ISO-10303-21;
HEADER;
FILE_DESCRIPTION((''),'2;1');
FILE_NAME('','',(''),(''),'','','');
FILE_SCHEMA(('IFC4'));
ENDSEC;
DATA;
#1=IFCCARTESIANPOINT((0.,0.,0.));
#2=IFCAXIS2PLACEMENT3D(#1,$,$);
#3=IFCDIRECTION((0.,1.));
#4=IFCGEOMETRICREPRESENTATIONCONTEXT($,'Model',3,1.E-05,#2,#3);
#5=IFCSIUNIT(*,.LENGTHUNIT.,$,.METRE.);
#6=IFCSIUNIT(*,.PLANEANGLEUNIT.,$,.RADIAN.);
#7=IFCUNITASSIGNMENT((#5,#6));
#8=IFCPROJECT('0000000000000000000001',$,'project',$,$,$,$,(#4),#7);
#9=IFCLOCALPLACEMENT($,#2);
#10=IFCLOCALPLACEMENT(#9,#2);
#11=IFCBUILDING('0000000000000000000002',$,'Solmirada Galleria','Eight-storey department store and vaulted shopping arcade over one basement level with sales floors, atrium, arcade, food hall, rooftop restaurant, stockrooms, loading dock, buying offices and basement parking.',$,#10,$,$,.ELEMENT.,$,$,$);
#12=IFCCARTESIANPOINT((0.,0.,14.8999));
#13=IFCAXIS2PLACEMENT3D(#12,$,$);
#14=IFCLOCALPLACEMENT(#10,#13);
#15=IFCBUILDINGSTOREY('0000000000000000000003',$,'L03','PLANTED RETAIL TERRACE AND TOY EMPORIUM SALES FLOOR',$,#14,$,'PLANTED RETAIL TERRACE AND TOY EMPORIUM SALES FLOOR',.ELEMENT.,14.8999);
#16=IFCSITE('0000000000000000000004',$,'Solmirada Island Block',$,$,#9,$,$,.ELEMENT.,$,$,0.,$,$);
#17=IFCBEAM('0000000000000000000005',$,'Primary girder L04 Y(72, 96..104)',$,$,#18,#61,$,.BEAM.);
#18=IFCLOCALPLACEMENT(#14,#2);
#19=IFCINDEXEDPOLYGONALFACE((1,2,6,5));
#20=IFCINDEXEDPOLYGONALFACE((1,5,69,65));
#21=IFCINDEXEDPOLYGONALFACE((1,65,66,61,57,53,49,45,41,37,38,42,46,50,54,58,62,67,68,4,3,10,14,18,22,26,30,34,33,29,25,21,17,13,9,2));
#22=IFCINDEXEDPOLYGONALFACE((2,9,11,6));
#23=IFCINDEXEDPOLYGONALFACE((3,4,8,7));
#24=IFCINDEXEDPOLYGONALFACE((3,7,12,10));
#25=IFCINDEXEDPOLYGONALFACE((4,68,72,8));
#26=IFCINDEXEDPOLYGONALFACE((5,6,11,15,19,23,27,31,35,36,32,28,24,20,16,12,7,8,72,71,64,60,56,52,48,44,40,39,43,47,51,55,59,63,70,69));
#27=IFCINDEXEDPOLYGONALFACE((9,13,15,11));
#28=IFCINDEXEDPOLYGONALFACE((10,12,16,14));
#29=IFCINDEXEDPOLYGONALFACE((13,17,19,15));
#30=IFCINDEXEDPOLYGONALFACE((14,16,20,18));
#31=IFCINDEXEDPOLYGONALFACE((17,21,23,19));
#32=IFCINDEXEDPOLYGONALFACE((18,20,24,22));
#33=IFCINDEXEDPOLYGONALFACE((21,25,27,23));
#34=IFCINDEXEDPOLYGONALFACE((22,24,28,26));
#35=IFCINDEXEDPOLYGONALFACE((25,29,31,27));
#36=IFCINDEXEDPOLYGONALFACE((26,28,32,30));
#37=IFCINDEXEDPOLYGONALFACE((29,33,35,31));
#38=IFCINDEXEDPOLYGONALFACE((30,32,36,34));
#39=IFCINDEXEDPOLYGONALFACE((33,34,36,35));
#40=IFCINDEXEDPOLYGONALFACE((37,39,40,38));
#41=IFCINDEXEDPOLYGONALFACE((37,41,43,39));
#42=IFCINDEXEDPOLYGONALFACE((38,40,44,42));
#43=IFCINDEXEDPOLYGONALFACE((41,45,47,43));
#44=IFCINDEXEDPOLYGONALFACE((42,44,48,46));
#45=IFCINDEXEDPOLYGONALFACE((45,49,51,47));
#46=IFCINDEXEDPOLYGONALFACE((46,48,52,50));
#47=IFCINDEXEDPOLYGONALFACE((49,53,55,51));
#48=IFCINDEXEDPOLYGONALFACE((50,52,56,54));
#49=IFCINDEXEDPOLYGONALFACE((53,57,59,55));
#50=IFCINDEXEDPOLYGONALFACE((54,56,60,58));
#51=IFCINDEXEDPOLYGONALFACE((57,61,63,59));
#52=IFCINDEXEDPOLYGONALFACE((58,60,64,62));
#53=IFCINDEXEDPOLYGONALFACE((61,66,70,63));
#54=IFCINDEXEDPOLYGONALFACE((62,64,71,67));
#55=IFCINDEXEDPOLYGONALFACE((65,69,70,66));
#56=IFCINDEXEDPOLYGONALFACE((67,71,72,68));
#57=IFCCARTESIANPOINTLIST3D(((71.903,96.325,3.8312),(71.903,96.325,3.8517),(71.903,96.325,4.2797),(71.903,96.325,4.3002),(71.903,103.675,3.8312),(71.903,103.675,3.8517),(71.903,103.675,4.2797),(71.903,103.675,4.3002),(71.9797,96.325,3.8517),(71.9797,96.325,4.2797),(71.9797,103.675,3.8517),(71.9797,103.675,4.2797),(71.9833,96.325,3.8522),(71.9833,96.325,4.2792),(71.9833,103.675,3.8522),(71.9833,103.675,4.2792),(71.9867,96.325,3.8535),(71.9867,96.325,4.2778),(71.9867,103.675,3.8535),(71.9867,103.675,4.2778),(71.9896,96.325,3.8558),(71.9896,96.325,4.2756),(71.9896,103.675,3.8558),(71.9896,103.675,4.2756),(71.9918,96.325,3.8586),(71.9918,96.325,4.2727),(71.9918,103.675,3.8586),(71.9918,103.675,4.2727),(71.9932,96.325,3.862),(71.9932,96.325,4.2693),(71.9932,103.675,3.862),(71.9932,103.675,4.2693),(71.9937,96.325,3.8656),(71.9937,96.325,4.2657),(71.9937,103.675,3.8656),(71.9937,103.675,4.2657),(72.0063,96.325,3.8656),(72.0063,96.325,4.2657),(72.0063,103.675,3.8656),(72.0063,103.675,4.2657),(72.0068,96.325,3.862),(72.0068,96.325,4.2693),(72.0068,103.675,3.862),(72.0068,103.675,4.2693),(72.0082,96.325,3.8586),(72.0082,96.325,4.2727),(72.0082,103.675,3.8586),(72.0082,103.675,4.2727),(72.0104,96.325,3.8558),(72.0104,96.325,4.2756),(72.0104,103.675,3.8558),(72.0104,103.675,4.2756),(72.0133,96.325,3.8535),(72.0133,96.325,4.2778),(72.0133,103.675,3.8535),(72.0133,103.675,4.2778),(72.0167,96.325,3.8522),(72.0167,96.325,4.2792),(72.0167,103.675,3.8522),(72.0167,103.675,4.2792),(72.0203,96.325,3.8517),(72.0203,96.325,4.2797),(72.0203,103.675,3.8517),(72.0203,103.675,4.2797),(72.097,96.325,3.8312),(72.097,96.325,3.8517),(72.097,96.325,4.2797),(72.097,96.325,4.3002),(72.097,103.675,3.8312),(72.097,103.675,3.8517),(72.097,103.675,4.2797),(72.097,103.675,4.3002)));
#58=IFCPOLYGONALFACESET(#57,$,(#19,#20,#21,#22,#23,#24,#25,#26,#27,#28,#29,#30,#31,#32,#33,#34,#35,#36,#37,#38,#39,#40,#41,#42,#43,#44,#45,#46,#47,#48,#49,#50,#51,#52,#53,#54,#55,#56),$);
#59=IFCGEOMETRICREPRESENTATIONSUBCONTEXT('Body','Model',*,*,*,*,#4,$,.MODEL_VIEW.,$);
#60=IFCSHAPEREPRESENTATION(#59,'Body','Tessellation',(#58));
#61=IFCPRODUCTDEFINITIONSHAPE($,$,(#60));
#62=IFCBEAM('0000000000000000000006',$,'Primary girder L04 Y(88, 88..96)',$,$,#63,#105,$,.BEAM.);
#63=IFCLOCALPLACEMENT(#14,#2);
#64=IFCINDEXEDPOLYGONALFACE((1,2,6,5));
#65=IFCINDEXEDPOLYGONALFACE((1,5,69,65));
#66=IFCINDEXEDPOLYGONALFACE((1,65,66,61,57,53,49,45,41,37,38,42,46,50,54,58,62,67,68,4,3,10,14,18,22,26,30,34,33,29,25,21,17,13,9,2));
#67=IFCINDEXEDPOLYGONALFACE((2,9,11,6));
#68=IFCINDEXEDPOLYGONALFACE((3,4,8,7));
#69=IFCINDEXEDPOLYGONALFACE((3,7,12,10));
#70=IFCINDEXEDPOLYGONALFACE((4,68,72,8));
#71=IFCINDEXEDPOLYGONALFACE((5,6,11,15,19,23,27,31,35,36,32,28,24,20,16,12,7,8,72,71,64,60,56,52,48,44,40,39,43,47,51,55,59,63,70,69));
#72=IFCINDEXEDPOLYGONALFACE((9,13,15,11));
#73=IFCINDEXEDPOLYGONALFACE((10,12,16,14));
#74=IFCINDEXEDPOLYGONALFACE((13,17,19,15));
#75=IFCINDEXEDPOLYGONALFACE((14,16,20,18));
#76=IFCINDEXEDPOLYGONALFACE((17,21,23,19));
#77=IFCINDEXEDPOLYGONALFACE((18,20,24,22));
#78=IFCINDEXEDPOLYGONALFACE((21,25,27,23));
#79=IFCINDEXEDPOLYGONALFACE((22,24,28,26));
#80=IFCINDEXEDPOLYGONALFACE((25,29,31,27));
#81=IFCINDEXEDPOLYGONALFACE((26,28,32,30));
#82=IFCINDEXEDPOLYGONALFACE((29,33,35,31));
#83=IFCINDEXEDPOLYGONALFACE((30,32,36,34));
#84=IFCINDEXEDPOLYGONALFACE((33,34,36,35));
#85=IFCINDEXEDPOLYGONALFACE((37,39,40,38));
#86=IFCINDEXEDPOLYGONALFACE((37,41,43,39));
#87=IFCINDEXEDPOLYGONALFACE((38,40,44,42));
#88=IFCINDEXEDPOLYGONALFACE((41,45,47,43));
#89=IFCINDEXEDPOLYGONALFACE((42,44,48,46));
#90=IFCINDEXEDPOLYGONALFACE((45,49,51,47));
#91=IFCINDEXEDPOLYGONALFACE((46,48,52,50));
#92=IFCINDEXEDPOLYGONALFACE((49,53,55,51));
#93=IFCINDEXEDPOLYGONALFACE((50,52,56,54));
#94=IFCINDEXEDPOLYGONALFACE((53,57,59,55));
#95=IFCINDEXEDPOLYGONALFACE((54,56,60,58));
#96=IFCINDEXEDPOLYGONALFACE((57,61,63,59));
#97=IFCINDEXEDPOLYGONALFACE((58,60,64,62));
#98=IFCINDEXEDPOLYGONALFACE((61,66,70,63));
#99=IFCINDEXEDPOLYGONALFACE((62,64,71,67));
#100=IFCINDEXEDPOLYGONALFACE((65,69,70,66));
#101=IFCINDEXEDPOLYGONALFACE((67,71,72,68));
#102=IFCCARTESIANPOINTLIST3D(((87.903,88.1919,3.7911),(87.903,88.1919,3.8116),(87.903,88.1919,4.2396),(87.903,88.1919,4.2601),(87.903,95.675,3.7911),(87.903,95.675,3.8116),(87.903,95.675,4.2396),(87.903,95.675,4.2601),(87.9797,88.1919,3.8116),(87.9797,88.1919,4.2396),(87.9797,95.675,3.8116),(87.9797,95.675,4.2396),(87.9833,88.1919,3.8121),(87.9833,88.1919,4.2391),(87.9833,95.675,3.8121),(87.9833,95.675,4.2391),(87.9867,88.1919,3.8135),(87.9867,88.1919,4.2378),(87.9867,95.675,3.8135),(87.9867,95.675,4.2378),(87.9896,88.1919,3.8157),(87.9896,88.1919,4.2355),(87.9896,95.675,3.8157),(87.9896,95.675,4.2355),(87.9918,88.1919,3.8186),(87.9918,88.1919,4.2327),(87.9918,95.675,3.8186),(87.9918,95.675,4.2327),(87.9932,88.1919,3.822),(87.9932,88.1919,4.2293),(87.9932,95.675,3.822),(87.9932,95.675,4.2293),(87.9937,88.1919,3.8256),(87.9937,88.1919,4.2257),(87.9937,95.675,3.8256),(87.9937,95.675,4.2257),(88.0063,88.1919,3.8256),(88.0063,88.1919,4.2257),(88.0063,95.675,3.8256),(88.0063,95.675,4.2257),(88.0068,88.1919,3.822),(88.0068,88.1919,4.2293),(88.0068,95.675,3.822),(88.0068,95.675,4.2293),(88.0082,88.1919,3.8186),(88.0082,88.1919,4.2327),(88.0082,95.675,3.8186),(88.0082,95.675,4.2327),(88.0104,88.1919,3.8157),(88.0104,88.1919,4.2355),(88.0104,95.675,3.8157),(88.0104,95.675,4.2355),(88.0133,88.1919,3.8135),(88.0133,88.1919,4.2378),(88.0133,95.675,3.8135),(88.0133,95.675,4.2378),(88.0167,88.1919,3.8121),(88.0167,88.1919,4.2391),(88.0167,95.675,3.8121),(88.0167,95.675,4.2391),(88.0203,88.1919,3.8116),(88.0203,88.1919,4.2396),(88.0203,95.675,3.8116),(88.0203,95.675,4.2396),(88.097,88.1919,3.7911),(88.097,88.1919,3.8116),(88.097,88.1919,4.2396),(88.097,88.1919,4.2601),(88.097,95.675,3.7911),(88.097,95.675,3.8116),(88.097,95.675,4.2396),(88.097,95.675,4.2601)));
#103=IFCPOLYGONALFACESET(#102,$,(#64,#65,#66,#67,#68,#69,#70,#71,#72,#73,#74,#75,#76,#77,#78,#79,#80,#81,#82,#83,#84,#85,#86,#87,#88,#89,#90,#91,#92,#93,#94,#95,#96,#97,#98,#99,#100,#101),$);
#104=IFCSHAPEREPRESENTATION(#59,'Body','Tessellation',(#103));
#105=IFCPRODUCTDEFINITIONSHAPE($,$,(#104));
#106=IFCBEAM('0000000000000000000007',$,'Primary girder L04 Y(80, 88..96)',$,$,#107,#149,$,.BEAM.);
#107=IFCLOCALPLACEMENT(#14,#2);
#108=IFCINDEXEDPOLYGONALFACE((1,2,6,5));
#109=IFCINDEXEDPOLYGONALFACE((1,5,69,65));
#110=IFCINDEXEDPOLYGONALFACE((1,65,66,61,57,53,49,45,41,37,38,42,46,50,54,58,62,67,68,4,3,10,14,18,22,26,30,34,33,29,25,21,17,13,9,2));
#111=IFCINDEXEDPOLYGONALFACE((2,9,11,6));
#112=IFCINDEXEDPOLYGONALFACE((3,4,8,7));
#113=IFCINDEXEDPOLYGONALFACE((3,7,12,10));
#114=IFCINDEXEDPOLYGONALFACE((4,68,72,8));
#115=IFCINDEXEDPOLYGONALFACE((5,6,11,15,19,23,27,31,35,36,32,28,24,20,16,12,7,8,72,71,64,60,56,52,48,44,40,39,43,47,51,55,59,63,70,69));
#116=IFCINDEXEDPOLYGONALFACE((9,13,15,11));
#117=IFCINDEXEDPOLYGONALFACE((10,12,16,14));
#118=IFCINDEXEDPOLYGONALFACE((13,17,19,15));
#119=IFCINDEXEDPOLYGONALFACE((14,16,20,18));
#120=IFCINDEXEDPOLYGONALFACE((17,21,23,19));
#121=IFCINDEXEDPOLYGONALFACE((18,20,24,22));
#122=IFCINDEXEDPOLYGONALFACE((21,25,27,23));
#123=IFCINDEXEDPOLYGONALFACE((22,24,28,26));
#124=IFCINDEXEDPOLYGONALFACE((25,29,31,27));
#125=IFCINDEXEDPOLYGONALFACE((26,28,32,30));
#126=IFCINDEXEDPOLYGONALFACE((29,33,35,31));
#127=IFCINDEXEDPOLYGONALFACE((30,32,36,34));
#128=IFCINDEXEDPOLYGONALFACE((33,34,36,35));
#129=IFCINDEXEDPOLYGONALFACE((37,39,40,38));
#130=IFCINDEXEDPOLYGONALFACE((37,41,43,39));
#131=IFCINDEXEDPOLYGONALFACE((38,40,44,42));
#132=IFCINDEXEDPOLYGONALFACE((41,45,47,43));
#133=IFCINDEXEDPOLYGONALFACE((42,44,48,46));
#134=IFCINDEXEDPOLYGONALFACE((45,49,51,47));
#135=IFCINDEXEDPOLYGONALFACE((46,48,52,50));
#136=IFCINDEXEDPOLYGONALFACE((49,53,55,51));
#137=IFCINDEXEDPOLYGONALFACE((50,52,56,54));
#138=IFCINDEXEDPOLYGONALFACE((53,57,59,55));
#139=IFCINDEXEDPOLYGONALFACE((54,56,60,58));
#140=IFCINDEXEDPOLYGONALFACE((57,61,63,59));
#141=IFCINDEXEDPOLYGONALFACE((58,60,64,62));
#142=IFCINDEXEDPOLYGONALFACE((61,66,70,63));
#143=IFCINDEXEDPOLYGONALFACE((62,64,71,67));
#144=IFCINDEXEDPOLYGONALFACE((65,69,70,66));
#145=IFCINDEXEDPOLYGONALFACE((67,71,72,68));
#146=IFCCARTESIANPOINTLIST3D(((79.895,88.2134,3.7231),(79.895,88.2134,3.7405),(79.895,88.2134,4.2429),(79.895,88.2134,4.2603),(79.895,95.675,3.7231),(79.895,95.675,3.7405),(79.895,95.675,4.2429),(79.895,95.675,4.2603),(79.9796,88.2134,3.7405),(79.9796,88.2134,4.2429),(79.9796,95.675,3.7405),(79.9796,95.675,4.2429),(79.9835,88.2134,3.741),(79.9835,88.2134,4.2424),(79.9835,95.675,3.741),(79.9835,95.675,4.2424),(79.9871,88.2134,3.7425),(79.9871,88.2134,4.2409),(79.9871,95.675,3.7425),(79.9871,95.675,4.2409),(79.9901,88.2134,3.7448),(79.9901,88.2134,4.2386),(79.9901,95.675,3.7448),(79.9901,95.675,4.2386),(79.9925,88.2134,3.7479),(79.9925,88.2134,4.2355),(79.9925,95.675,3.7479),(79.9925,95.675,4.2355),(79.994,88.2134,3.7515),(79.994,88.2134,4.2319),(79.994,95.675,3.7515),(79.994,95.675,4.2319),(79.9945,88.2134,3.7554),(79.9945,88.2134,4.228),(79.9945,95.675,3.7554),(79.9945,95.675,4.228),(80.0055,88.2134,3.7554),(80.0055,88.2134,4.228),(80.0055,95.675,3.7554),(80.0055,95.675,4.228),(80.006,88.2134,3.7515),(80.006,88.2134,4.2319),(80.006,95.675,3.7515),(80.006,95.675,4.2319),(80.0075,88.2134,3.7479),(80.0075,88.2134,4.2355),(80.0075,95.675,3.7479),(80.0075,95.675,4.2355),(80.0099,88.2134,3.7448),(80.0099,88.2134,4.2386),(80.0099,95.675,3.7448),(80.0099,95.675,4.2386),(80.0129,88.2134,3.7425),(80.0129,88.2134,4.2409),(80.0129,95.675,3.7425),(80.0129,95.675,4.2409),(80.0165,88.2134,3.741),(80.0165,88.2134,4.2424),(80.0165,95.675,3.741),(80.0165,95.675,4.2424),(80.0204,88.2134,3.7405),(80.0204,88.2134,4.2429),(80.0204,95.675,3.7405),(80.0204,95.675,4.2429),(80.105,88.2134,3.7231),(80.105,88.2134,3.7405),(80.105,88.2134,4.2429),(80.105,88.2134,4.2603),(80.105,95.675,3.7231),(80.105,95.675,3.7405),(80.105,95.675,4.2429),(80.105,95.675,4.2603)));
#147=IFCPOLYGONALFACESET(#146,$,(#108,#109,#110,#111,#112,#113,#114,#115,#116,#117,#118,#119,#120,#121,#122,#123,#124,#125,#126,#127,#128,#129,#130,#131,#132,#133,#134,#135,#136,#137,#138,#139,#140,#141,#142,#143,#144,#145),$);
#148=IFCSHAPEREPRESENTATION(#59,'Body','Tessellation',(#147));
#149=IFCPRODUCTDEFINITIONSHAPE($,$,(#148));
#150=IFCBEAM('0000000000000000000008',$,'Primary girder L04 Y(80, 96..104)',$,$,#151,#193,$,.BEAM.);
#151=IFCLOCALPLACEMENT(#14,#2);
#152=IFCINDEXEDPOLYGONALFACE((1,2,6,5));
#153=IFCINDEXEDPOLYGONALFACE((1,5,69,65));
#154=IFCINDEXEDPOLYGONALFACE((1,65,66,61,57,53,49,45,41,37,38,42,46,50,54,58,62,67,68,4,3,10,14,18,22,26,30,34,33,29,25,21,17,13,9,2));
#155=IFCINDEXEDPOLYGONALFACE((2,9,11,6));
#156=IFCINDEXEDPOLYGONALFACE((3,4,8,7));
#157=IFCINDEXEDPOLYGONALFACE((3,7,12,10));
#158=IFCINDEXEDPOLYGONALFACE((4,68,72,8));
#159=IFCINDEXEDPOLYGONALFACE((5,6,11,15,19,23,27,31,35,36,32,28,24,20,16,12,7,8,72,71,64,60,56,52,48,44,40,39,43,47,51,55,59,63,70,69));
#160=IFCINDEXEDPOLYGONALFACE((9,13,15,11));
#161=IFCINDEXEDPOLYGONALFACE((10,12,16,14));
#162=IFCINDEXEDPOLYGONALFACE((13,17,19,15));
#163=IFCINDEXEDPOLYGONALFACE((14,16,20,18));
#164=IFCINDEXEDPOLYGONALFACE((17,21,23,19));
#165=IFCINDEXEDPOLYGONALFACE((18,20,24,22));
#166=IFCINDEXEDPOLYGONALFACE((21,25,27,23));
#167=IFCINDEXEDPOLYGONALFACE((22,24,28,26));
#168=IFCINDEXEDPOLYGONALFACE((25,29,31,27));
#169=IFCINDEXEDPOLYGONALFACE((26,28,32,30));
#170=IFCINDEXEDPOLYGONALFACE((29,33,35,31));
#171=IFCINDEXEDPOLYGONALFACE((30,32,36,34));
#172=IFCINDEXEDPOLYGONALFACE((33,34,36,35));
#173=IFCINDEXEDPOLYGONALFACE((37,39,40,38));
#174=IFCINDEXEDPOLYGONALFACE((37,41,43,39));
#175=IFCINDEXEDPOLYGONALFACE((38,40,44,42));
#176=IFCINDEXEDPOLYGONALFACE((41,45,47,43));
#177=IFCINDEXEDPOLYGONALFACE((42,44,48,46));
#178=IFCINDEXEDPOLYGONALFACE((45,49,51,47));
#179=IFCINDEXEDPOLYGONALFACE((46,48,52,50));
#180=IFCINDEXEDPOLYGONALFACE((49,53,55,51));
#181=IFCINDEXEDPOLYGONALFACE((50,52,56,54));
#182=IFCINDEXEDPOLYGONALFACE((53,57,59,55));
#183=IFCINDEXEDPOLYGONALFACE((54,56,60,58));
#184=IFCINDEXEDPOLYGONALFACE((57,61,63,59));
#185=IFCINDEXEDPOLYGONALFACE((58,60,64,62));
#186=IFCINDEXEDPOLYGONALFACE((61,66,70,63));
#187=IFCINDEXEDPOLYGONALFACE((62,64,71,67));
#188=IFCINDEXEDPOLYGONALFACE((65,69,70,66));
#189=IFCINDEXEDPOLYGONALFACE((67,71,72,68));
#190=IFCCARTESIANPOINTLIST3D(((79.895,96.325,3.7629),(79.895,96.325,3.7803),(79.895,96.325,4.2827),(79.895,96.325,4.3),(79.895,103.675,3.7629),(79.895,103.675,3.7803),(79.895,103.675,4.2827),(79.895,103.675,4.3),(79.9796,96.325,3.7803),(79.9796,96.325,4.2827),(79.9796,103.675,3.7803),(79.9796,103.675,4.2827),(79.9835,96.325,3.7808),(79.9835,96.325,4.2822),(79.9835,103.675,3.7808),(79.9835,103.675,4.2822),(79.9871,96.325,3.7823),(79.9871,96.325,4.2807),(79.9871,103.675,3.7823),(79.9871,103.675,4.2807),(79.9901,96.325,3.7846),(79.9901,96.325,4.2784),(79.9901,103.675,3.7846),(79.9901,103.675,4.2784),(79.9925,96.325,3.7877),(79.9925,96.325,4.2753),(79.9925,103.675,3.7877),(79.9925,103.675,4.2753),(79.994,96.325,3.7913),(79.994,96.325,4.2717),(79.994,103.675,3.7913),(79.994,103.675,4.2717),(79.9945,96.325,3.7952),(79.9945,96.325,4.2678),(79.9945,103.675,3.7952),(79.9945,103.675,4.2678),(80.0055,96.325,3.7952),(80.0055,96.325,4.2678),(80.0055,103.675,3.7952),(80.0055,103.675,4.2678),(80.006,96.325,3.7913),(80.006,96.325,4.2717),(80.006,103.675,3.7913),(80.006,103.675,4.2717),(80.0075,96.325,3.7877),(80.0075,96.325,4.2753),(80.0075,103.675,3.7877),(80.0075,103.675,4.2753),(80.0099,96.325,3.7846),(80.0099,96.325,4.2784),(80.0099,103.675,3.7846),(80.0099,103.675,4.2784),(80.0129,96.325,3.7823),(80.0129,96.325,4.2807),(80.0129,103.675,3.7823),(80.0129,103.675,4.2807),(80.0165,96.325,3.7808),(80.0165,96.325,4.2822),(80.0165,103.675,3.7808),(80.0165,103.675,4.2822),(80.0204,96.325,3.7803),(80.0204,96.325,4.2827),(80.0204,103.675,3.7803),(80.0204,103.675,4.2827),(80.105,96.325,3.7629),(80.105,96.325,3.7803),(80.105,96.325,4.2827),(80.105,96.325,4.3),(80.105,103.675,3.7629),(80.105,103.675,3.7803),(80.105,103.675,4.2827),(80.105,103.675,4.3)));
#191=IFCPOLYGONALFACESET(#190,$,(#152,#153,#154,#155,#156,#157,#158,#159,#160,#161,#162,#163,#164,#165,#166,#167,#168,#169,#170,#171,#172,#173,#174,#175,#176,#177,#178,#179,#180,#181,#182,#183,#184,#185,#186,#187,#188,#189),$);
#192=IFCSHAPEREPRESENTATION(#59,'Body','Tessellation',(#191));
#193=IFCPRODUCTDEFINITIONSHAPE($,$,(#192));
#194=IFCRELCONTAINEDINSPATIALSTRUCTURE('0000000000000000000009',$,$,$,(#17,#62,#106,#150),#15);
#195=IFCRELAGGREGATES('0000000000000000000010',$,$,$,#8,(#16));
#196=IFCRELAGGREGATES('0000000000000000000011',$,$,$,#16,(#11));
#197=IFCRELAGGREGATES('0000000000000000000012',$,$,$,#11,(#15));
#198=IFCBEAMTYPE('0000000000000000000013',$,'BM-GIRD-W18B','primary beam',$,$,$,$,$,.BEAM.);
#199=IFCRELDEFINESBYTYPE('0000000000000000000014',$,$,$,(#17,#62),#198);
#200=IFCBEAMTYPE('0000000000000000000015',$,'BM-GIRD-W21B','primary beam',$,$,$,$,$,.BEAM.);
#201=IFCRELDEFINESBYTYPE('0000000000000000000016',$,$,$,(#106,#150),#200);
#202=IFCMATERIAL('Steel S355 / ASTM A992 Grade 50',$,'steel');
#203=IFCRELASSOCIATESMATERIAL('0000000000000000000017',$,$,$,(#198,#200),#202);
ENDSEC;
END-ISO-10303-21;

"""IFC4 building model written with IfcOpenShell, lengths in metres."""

from ifc_helpers import new_model, si_unit, direction, frame, origin, origin_2d, place, context, subcontext, project, spatial, i_section, extrude, material, material_profile, profile_set, type_object, element, save


model = new_model("IFC4")

# Units and contexts
model_context = context("Model", 3, precision=1e-05, world=origin(), true_north=direction((0.0, 1.0)))
body_context = subcontext(model_context, "Body", "Model", "MODEL_VIEW")
ifc_project = project(units=[si_unit("LENGTHUNIT", "METRE"), si_unit("PLANEANGLEUNIT", "RADIAN")], contexts=[model_context])

# Site, building, storey
site_placement = place(None, origin())
site = spatial("IfcSite", under=ifc_project, at=site_placement, Name="Solmirada Island Block", CompositionType="ELEMENT", RefElevation=0.0)
building_placement = place(site_placement, origin())
building = spatial("IfcBuilding", under=site, at=building_placement, Name="Solmirada Galleria", Description="Eight-storey department store and vaulted shopping arcade over one basement level with sales floors, atrium, arcade, food hall, rooftop restaurant, stockrooms, loading dock, buying offices and basement parking.", CompositionType="ELEMENT")
storey_placement = place(building_placement, frame((0.0, 0.0, 14.8999)))
storey = spatial("IfcBuildingStorey", under=building, at=storey_placement, Name="L03", Description="PLANTED RETAIL TERRACE AND TOY EMPORIUM SALES FLOOR", LongName="PLANTED RETAIL TERRACE AND TOY EMPORIUM SALES FLOOR", CompositionType="ELEMENT", Elevation=14.8999)

# Beams
ifc_material_1 = material(Name="Steel S355 / ASTM A992 Grade 50", Category="steel")
ifc_material_profile_1 = material_profile(ifc_material_1, i_section(OverallWidth=0.1941, OverallDepth=0.469, WebThickness=0.0127, FlangeThickness=0.0205, FilletRadius=0.0139, at=origin_2d()), Name="W18X71")
ifc_profile_set_1 = profile_set([ifc_material_profile_1], Name="Steel S355 / ASTM A992 Grade 50")
beam_type_1 = type_object("IfcBeamType", Name="BM-GIRD-W18B", Description="primary beam", PredefinedType="BEAM", material=ifc_profile_set_1)
beam_1_placement = place(storey_placement, frame((72.0, 96.325, 4.0657), z_axis=(0.0, 1.0, 0.0), x_axis=(-1.0, 0.0, 0.0)))
element("IfcBeam", 1, at=beam_1_placement, inside=storey, type_object=beam_type_1, Name="Primary girder L04 Y(72, 96..104)", PredefinedType="BEAM", context=body_context, shape_type="SweptSolid", body=[
    extrude(i_section(OverallWidth=0.1941, OverallDepth=0.469, WebThickness=0.0127, FlangeThickness=0.0205, FilletRadius=0.0139, at=origin_2d()), origin(), (0.0, 0.0, 1.0), 7.3501),
])
beam_2_placement = place(storey_placement, frame((88.0, 88.1919, 4.0256), z_axis=(0.0, 1.0, 0.0), x_axis=(-1.0, 0.0, 0.0)))
element("IfcBeam", 2, at=beam_2_placement, inside=storey, type_object=beam_type_1, Name="Primary girder L04 Y(88, 88..96)", PredefinedType="BEAM", context=body_context, shape_type="SweptSolid", body=[
    extrude(i_section(OverallWidth=0.1941, OverallDepth=0.469, WebThickness=0.0127, FlangeThickness=0.0205, FilletRadius=0.0139, at=origin_2d()), origin(), (0.0, 0.0, 1.0), 7.4832),
])
ifc_material_profile_2 = material_profile(ifc_material_1, i_section(OverallWidth=0.21, OverallDepth=0.5371, WebThickness=0.011, FlangeThickness=0.0173, FilletRadius=0.0149, at=origin_2d()), Name="W21X68")
ifc_profile_set_2 = profile_set([ifc_material_profile_2], Name="Steel S355 / ASTM A992 Grade 50")
beam_type_2 = type_object("IfcBeamType", Name="BM-GIRD-W21B", Description="primary beam", PredefinedType="BEAM", material=ifc_profile_set_2)
beam_3_placement = place(storey_placement, frame((80.0, 88.2134, 3.9917), z_axis=(0.0, 1.0, 0.0), x_axis=(-1.0, 0.0, 0.0)))
element("IfcBeam", 3, at=beam_3_placement, inside=storey, type_object=beam_type_2, Name="Primary girder L04 Y(80, 88..96)", PredefinedType="BEAM", context=body_context, shape_type="SweptSolid", body=[
    extrude(i_section(OverallWidth=0.21, OverallDepth=0.5371, WebThickness=0.011, FlangeThickness=0.0173, FilletRadius=0.0149, at=origin_2d()), origin(), (0.0, 0.0, 1.0), 7.4617),
])
beam_4_placement = place(storey_placement, frame((80.0, 96.325, 4.0315), z_axis=(0.0, 1.0, 0.0), x_axis=(-1.0, 0.0, 0.0)))
element("IfcBeam", 4, at=beam_4_placement, inside=storey, type_object=beam_type_2, Name="Primary girder L04 Y(80, 96..104)", PredefinedType="BEAM", context=body_context, shape_type="SweptSolid", body=[
    extrude(i_section(OverallWidth=0.21, OverallDepth=0.5371, WebThickness=0.011, FlangeThickness=0.0173, FilletRadius=0.0149, at=origin_2d()), origin(), (0.0, 0.0, 1.0), 7.3501),
])

save(model, "model.ifc")
